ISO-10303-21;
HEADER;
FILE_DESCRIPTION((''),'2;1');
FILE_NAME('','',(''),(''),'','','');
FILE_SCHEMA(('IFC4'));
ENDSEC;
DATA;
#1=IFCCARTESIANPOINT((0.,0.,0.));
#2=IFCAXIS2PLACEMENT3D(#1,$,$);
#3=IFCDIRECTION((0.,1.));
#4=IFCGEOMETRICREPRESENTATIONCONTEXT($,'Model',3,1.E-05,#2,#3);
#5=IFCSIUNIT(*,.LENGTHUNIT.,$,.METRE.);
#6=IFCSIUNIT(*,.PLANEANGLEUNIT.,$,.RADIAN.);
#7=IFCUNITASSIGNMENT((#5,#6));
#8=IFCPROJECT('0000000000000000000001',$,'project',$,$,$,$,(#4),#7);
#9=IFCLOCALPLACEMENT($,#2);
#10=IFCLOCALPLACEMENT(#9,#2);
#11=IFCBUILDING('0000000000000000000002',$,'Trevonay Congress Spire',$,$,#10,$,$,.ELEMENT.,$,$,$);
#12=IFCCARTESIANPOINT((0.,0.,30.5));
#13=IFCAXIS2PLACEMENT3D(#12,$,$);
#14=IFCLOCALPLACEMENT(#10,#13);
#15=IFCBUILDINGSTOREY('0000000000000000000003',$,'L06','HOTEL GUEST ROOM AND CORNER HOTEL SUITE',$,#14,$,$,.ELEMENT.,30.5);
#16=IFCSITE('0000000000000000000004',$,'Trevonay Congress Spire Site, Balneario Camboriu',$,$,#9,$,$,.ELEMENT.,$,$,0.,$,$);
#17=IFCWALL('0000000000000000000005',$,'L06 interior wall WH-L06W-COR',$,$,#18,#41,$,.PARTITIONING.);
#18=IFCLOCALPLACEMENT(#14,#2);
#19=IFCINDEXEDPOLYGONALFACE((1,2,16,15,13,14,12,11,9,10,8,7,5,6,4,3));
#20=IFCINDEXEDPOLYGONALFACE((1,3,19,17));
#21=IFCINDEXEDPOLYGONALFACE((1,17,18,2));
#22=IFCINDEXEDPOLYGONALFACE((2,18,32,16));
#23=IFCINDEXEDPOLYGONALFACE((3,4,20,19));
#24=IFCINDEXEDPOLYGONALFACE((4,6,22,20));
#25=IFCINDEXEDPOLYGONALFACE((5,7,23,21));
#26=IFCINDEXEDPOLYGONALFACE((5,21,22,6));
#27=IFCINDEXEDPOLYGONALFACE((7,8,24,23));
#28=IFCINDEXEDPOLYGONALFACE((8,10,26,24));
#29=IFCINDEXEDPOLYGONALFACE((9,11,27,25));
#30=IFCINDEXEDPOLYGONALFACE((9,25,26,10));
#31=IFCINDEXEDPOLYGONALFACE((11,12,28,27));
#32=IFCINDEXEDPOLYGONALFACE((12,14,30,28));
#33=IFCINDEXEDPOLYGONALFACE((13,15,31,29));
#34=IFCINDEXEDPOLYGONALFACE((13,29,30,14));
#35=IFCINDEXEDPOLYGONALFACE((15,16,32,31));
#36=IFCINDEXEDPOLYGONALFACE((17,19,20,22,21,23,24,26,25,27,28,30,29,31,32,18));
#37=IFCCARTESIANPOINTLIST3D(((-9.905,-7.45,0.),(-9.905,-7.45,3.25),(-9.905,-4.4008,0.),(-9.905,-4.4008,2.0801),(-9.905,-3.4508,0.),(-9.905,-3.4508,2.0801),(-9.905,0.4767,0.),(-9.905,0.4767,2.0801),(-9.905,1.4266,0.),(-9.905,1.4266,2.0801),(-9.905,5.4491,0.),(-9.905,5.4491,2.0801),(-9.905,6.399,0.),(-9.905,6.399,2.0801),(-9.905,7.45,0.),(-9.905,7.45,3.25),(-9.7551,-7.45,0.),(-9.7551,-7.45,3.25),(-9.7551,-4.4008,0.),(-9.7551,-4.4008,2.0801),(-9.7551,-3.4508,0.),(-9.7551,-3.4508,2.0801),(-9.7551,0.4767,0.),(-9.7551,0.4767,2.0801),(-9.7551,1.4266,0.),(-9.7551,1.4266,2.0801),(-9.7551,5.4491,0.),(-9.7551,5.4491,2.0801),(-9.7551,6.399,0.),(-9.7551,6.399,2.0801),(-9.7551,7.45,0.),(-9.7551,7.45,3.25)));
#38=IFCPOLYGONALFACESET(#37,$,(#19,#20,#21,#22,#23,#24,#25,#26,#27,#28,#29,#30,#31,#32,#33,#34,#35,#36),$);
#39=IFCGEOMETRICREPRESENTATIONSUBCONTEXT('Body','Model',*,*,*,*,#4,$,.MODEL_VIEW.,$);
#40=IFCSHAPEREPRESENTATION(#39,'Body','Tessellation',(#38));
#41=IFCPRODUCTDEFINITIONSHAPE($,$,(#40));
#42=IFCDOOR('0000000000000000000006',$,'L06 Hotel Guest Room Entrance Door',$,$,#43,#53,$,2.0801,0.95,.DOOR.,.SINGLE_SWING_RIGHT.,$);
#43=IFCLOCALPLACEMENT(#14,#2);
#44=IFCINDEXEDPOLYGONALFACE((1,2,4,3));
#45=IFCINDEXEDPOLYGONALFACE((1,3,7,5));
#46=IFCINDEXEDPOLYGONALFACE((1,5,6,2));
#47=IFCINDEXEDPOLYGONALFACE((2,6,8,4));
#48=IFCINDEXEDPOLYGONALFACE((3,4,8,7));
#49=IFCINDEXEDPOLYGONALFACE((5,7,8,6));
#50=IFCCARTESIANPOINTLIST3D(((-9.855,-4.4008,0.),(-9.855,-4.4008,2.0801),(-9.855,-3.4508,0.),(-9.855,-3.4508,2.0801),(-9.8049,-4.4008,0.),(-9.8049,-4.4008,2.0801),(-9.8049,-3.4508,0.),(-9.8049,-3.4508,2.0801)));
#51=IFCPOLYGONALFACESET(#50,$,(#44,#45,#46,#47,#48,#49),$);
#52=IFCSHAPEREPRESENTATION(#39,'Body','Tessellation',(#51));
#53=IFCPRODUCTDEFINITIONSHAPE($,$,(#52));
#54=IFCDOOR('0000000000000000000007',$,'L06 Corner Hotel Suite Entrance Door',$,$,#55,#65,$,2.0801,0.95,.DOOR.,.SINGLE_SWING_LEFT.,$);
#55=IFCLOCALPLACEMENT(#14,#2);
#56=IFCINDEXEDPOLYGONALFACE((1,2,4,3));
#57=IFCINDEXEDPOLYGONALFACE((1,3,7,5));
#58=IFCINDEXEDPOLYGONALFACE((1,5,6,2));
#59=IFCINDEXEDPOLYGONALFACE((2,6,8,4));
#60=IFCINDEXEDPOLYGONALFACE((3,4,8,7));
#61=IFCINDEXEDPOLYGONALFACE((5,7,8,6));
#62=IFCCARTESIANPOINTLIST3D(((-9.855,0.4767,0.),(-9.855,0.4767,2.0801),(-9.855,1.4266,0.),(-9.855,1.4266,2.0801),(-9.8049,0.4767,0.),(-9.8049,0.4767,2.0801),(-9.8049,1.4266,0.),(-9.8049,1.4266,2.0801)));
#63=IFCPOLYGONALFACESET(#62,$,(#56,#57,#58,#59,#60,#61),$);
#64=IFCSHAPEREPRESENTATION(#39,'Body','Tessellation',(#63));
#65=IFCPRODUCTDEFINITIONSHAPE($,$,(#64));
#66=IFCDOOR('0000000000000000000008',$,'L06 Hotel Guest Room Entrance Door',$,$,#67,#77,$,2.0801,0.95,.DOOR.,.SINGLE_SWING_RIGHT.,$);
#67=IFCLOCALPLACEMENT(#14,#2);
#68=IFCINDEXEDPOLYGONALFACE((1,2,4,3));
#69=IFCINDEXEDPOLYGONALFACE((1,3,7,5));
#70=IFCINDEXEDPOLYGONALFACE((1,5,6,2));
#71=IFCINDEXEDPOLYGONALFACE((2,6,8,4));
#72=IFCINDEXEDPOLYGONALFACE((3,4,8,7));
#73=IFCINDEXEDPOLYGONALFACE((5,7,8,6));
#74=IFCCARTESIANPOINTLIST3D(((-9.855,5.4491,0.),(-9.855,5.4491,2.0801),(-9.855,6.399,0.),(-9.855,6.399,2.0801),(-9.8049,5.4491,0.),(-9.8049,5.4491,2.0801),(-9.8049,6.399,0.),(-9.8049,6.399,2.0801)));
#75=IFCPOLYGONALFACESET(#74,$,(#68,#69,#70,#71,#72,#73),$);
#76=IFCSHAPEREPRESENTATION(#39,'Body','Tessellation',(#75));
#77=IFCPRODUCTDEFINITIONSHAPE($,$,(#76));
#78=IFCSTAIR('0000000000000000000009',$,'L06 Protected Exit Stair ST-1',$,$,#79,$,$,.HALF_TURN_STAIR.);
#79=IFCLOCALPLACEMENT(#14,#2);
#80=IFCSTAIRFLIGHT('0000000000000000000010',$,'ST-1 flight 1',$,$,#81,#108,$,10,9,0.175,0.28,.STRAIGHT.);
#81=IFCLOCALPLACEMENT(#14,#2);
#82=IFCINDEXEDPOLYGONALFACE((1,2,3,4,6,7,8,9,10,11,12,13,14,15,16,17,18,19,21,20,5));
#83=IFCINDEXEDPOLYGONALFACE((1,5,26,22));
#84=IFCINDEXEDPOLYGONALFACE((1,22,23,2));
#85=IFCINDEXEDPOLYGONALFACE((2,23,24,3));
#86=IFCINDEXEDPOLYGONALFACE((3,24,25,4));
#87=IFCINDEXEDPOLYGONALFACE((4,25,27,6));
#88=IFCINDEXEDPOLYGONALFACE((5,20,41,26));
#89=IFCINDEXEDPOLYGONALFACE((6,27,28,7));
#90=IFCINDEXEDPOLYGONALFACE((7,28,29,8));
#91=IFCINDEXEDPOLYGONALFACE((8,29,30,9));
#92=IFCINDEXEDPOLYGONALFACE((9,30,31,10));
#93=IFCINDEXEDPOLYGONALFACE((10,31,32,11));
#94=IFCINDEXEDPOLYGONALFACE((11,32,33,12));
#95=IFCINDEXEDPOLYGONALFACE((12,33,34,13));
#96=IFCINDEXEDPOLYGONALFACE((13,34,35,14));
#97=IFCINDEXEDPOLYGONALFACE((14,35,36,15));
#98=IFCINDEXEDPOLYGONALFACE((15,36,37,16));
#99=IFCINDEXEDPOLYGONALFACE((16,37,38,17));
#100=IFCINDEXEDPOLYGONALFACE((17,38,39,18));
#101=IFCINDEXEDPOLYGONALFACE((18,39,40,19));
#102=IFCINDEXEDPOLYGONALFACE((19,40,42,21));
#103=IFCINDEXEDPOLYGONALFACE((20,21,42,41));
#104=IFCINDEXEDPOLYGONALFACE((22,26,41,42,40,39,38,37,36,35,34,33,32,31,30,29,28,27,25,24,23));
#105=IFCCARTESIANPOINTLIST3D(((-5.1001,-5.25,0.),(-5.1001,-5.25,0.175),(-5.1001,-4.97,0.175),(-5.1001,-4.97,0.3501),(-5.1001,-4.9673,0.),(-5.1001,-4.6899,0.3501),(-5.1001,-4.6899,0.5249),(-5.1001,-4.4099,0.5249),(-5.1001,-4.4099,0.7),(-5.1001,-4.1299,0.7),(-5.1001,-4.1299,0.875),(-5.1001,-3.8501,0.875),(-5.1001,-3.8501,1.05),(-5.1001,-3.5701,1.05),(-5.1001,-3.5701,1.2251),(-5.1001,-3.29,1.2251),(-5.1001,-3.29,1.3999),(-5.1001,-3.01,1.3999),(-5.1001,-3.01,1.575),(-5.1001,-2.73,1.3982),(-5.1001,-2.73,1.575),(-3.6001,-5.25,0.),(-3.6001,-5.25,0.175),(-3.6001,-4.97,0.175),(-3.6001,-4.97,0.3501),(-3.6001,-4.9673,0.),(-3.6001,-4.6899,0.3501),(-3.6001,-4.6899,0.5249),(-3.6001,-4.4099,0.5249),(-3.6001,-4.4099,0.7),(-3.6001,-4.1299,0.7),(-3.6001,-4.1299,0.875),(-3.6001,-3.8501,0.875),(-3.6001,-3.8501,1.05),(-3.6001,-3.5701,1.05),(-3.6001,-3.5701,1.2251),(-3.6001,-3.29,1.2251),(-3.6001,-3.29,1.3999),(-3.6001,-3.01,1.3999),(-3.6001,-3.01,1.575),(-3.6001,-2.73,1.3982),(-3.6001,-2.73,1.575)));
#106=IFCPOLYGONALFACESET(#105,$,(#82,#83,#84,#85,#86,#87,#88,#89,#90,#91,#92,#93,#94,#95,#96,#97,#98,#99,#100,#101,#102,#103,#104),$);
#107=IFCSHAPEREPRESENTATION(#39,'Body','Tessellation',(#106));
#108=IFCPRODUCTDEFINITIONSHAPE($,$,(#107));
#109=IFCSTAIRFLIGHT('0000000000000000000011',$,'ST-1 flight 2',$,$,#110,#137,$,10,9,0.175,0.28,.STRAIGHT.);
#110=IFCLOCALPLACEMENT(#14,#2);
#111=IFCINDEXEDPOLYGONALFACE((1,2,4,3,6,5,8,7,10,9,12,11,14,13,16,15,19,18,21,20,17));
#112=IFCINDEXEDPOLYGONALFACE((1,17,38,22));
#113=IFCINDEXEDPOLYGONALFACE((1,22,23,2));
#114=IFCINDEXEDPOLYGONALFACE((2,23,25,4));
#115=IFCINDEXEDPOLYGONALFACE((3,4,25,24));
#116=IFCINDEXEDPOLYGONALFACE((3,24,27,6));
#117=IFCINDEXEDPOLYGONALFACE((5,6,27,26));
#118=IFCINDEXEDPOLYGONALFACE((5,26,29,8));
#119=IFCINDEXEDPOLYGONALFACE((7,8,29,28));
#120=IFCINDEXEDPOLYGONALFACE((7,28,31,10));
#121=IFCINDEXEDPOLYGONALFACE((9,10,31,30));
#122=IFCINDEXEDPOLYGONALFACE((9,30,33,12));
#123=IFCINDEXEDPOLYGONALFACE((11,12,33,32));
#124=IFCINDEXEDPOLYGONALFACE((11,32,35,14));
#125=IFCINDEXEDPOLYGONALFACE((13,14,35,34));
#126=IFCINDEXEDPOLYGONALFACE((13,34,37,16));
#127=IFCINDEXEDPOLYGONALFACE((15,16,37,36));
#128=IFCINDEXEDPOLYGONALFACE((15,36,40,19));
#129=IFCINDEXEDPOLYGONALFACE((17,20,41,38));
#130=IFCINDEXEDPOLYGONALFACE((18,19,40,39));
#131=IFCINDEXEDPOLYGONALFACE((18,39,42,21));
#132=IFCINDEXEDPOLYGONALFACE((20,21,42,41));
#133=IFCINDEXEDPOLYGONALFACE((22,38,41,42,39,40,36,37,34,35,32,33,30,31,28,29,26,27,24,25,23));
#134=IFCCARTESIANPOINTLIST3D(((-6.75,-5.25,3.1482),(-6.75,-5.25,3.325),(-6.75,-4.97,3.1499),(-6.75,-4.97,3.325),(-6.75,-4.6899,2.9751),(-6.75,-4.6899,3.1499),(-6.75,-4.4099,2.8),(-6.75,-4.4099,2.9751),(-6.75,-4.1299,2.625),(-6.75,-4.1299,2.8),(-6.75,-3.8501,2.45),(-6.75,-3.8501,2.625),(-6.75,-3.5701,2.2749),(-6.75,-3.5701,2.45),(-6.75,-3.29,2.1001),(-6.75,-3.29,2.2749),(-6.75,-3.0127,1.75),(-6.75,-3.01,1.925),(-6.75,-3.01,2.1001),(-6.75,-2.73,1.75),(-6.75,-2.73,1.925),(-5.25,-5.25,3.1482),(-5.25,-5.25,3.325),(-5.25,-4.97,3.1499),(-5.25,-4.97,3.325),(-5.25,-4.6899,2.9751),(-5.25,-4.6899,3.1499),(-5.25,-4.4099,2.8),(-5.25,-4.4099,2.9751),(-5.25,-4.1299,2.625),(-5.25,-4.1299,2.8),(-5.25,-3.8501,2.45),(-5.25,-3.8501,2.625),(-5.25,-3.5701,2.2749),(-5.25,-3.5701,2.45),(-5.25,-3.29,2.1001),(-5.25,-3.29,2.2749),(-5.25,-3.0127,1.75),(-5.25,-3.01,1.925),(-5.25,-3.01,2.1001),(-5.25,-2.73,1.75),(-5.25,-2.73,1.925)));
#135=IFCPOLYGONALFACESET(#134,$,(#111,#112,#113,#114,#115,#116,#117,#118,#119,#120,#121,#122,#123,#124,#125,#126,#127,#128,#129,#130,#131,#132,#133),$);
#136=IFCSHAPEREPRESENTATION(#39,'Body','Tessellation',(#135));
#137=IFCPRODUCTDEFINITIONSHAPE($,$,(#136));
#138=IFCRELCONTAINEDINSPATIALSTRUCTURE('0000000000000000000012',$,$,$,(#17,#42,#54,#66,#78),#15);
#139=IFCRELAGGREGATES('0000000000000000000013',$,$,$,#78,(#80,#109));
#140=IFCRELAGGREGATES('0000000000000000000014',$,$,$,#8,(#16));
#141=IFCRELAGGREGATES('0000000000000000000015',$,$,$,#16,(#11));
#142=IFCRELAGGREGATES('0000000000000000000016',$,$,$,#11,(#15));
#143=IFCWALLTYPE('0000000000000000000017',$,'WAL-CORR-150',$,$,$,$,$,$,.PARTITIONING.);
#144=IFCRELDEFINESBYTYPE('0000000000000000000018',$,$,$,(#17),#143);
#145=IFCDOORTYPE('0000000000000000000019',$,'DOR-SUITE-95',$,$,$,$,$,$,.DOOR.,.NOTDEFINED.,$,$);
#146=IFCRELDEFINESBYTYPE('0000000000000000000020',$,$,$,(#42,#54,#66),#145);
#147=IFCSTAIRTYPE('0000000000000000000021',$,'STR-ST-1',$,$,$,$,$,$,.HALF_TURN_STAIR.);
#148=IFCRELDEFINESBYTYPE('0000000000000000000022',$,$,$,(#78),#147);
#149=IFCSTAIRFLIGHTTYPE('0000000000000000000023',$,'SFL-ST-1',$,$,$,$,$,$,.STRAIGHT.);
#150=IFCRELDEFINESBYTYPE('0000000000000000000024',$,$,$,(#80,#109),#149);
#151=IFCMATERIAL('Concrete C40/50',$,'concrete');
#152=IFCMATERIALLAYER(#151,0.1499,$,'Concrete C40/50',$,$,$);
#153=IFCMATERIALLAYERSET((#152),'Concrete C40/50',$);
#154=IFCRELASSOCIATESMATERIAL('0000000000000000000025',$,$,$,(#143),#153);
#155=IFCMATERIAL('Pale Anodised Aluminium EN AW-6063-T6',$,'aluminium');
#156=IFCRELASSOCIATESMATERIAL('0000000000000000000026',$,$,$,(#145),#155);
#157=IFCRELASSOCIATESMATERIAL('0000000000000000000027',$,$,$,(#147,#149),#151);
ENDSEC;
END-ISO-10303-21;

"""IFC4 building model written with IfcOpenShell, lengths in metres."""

from ifc_helpers import new_model, si_unit, direction, frame, frame_2d, origin, place, context, subcontext, project, spatial, polyline, rectangle, outline, extrude, material, layer, layer_set, type_object, element, fill, aggregate, save


model = new_model("IFC4")

# Units and contexts
model_context = context("Model", 3, precision=1e-05, world=origin(), true_north=direction((0.0, 1.0)))
body_context = subcontext(model_context, "Body", "Model", "MODEL_VIEW")
ifc_project = project(units=[si_unit("LENGTHUNIT", "METRE"), si_unit("PLANEANGLEUNIT", "RADIAN")], contexts=[model_context])

# Site, building, storey
site_placement = place(None, origin())
site = spatial("IfcSite", under=ifc_project, at=site_placement, Name="Trevonay Congress Spire Site, Balneario Camboriu", CompositionType="ELEMENT", RefElevation=0.0)
building_placement = place(site_placement, origin())
building = spatial("IfcBuilding", under=site, at=building_placement, Name="Trevonay Congress Spire", CompositionType="ELEMENT")
storey_placement = place(building_placement, frame((0.0, 0.0, 30.5)))
storey = spatial("IfcBuildingStorey", under=building, at=storey_placement, Name="L06", Description="HOTEL GUEST ROOM AND CORNER HOTEL SUITE", CompositionType="ELEMENT", Elevation=30.5)

# Wall, openings, doors
ifc_material_1 = material(Name="Pale Anodised Aluminium EN AW-6063-T6", Category="aluminium")
ifc_material_2 = material(Name="Concrete C40/50", Category="concrete")
ifc_layer_1 = layer(ifc_material_2, 0.1499, Name="Concrete C40/50")
ifc_layer_set_1 = layer_set([ifc_layer_1], Name="Concrete C40/50")
wall_type_1 = type_object("IfcWallType", Name="WAL-CORR-150", PredefinedType="PARTITIONING", material=ifc_layer_set_1)
wall_1_placement = place(storey_placement, frame((-9.8301, -7.45, 0.0), z_axis=(0.0, 0.0, 1.0), x_axis=(0.0, 1.0, 0.0)))
wall_1 = element("IfcWall", 1, at=wall_1_placement, inside=storey, type_object=wall_type_1, Name="L06 interior wall WH-L06W-COR", PredefinedType="PARTITIONING", context=body_context, shape_type="SweptSolid", body=[
    extrude(rectangle(XDim=14.8999, YDim=0.1499, at=frame_2d((7.45, 0.0))), origin(), (0.0, 0.0, 1.0), 3.25),
])
opening_1_placement = place(wall_1_placement, frame((3.0491, 0.0, 0.0)))
opening_1 = element("IfcOpeningElement", 2, at=opening_1_placement, cuts=wall_1, PredefinedType="OPENING", context=body_context, shape_type="SweptSolid", body=[
    extrude(rectangle(XDim=0.95, YDim=2.0801, at=frame_2d((0.4751, 1.04))), frame((0.0, 0.085, 0.0), z_axis=(0.0, -1.0, 0.0), x_axis=(1.0, 0.0, 0.0)), (0.0, 0.0, 1.0), 0.1699),
])
opening_2_placement = place(wall_1_placement, frame((7.9265, 0.0, 0.0)))
opening_2 = element("IfcOpeningElement", 3, at=opening_2_placement, cuts=wall_1, PredefinedType="OPENING", context=body_context, shape_type="SweptSolid", body=[
    extrude(rectangle(XDim=0.95, YDim=2.0801, at=frame_2d((0.4751, 1.04))), frame((0.0, 0.085, 0.0), z_axis=(0.0, -1.0, 0.0), x_axis=(1.0, 0.0, 0.0)), (0.0, 0.0, 1.0), 0.1699),
])
opening_3_placement = place(wall_1_placement, frame((12.8989, 0.0, 0.0)))
opening_3 = element("IfcOpeningElement", 4, at=opening_3_placement, cuts=wall_1, PredefinedType="OPENING", context=body_context, shape_type="SweptSolid", body=[
    extrude(rectangle(XDim=0.95, YDim=2.0801, at=frame_2d((0.4751, 1.04))), frame((0.0, 0.085, 0.0), z_axis=(0.0, -1.0, 0.0), x_axis=(1.0, 0.0, 0.0)), (0.0, 0.0, 1.0), 0.1699),
])
door_type_1 = type_object("IfcDoorType", Name="DOR-SUITE-95", OperationType="NOTDEFINED", PredefinedType="DOOR", material=ifc_material_1)
door_1_placement = place(opening_1_placement, origin())
door_1 = element("IfcDoor", 5, at=door_1_placement, inside=storey, type_object=door_type_1, Name="L06 Hotel Guest Room Entrance Door", OperationType="SINGLE_SWING_RIGHT", OverallHeight=2.0801, OverallWidth=0.95, PredefinedType="DOOR", context=body_context, shape_type="SweptSolid", body=[
    extrude(rectangle(XDim=0.95, YDim=2.0801, at=frame_2d((0.4751, 1.04))), frame((0.0, 0.0249, 0.0), z_axis=(0.0, -1.0, 0.0), x_axis=(1.0, 0.0, 0.0)), (0.0, 0.0, 1.0), 0.05),
])
fill(opening_1, door_1)
door_2_placement = place(opening_2_placement, origin())
door_2 = element("IfcDoor", 6, at=door_2_placement, inside=storey, type_object=door_type_1, Name="L06 Corner Hotel Suite Entrance Door", OperationType="SINGLE_SWING_LEFT", OverallHeight=2.0801, OverallWidth=0.95, PredefinedType="DOOR", context=body_context, shape_type="SweptSolid", body=[
    extrude(rectangle(XDim=0.95, YDim=2.0801, at=frame_2d((0.4751, 1.04))), frame((0.0, 0.0249, 0.0), z_axis=(0.0, -1.0, 0.0), x_axis=(1.0, 0.0, 0.0)), (0.0, 0.0, 1.0), 0.05),
])
fill(opening_2, door_2)
door_3_placement = place(opening_3_placement, origin())
door_3 = element("IfcDoor", 7, at=door_3_placement, inside=storey, type_object=door_type_1, Name="L06 Hotel Guest Room Entrance Door", OperationType="SINGLE_SWING_RIGHT", OverallHeight=2.0801, OverallWidth=0.95, PredefinedType="DOOR", context=body_context, shape_type="SweptSolid", body=[
    extrude(rectangle(XDim=0.95, YDim=2.0801, at=frame_2d((0.4751, 1.04))), frame((0.0, 0.0249, 0.0), z_axis=(0.0, -1.0, 0.0), x_axis=(1.0, 0.0, 0.0)), (0.0, 0.0, 1.0), 0.05),
])
fill(opening_3, door_3)

# Stair, stair flights
stair_type = type_object("IfcStairType", Name="STR-ST-1", PredefinedType="HALF_TURN_STAIR", material=ifc_material_2)
stair_placement = place(storey_placement, origin())
stair = element("IfcStair", 8, at=stair_placement, inside=storey, type_object=stair_type, Name="L06 Protected Exit Stair ST-1", PredefinedType="HALF_TURN_STAIR")
stair_flight_type = type_object("IfcStairFlightType", Name="SFL-ST-1", PredefinedType="STRAIGHT", material=ifc_material_2)
stair_flight_1_placement = place(storey_placement, frame((-4.3501, -5.25, 0.0), z_axis=(0.0, 0.0, 1.0), x_axis=(0.0, 1.0, 0.0)))
stair_flight_1 = element("IfcStairFlight", 9, at=stair_flight_1_placement, type_object=stair_flight_type, Name="ST-1 flight 1", NumberOfRisers=10, NumberOfTreads=9, PredefinedType="STRAIGHT", RiserHeight=0.175, TreadLength=0.28, context=body_context, shape_type="SweptSolid", body=[
    extrude(outline(polyline([(0.0, 0.0), (0.0, 0.175), (0.28, 0.175), (0.28, 0.3501), (0.5601, 0.3501), (0.5601, 0.5249), (0.8401, 0.5249), (0.8401, 0.7), (1.1201, 0.7), (1.1201, 0.875), (1.3999, 0.875), (1.3999, 1.05), (1.6799, 1.05), (1.6799, 1.2251), (1.96, 1.2251), (1.96, 1.3999), (2.24, 1.3999), (2.24, 1.575), (2.52, 1.575), (2.52, 1.75), (2.52, 1.3982), (0.2827, 0.0), (0.0, 0.0)])), frame((0.0, 0.75, 0.0), z_axis=(0.0, -1.0, 0.0), x_axis=(1.0, 0.0, 0.0)), (0.0, 0.0, 1.0), 1.5),
])
stair_flight_2_placement = place(storey_placement, frame((-6.0, -2.73, 1.75), z_axis=(0.0, 0.0, 1.0), x_axis=(0.0, -1.0, 0.0)))
stair_flight_2 = element("IfcStairFlight", 10, at=stair_flight_2_placement, type_object=stair_flight_type, Name="ST-1 flight 2", NumberOfRisers=10, NumberOfTreads=9, PredefinedType="STRAIGHT", RiserHeight=0.175, TreadLength=0.28, context=body_context, shape_type="SweptSolid", body=[
    extrude(outline(polyline([(0.0, 0.0), (0.0, 0.175), (0.28, 0.175), (0.28, 0.3501), (0.5601, 0.3501), (0.5601, 0.5249), (0.8401, 0.5249), (0.8401, 0.7), (1.1201, 0.7), (1.1201, 0.875), (1.3999, 0.875), (1.3999, 1.05), (1.6799, 1.05), (1.6799, 1.2251), (1.96, 1.2251), (1.96, 1.3999), (2.24, 1.3999), (2.24, 1.575), (2.52, 1.575), (2.52, 1.75), (2.52, 1.3982), (0.2827, 0.0), (0.0, 0.0)])), frame((0.0, 0.75, 0.0), z_axis=(0.0, -1.0, 0.0), x_axis=(1.0, 0.0, 0.0)), (0.0, 0.0, 1.0), 1.5),
])
aggregate(stair, [stair_flight_1, stair_flight_2])

save(model, "model.ifc")
